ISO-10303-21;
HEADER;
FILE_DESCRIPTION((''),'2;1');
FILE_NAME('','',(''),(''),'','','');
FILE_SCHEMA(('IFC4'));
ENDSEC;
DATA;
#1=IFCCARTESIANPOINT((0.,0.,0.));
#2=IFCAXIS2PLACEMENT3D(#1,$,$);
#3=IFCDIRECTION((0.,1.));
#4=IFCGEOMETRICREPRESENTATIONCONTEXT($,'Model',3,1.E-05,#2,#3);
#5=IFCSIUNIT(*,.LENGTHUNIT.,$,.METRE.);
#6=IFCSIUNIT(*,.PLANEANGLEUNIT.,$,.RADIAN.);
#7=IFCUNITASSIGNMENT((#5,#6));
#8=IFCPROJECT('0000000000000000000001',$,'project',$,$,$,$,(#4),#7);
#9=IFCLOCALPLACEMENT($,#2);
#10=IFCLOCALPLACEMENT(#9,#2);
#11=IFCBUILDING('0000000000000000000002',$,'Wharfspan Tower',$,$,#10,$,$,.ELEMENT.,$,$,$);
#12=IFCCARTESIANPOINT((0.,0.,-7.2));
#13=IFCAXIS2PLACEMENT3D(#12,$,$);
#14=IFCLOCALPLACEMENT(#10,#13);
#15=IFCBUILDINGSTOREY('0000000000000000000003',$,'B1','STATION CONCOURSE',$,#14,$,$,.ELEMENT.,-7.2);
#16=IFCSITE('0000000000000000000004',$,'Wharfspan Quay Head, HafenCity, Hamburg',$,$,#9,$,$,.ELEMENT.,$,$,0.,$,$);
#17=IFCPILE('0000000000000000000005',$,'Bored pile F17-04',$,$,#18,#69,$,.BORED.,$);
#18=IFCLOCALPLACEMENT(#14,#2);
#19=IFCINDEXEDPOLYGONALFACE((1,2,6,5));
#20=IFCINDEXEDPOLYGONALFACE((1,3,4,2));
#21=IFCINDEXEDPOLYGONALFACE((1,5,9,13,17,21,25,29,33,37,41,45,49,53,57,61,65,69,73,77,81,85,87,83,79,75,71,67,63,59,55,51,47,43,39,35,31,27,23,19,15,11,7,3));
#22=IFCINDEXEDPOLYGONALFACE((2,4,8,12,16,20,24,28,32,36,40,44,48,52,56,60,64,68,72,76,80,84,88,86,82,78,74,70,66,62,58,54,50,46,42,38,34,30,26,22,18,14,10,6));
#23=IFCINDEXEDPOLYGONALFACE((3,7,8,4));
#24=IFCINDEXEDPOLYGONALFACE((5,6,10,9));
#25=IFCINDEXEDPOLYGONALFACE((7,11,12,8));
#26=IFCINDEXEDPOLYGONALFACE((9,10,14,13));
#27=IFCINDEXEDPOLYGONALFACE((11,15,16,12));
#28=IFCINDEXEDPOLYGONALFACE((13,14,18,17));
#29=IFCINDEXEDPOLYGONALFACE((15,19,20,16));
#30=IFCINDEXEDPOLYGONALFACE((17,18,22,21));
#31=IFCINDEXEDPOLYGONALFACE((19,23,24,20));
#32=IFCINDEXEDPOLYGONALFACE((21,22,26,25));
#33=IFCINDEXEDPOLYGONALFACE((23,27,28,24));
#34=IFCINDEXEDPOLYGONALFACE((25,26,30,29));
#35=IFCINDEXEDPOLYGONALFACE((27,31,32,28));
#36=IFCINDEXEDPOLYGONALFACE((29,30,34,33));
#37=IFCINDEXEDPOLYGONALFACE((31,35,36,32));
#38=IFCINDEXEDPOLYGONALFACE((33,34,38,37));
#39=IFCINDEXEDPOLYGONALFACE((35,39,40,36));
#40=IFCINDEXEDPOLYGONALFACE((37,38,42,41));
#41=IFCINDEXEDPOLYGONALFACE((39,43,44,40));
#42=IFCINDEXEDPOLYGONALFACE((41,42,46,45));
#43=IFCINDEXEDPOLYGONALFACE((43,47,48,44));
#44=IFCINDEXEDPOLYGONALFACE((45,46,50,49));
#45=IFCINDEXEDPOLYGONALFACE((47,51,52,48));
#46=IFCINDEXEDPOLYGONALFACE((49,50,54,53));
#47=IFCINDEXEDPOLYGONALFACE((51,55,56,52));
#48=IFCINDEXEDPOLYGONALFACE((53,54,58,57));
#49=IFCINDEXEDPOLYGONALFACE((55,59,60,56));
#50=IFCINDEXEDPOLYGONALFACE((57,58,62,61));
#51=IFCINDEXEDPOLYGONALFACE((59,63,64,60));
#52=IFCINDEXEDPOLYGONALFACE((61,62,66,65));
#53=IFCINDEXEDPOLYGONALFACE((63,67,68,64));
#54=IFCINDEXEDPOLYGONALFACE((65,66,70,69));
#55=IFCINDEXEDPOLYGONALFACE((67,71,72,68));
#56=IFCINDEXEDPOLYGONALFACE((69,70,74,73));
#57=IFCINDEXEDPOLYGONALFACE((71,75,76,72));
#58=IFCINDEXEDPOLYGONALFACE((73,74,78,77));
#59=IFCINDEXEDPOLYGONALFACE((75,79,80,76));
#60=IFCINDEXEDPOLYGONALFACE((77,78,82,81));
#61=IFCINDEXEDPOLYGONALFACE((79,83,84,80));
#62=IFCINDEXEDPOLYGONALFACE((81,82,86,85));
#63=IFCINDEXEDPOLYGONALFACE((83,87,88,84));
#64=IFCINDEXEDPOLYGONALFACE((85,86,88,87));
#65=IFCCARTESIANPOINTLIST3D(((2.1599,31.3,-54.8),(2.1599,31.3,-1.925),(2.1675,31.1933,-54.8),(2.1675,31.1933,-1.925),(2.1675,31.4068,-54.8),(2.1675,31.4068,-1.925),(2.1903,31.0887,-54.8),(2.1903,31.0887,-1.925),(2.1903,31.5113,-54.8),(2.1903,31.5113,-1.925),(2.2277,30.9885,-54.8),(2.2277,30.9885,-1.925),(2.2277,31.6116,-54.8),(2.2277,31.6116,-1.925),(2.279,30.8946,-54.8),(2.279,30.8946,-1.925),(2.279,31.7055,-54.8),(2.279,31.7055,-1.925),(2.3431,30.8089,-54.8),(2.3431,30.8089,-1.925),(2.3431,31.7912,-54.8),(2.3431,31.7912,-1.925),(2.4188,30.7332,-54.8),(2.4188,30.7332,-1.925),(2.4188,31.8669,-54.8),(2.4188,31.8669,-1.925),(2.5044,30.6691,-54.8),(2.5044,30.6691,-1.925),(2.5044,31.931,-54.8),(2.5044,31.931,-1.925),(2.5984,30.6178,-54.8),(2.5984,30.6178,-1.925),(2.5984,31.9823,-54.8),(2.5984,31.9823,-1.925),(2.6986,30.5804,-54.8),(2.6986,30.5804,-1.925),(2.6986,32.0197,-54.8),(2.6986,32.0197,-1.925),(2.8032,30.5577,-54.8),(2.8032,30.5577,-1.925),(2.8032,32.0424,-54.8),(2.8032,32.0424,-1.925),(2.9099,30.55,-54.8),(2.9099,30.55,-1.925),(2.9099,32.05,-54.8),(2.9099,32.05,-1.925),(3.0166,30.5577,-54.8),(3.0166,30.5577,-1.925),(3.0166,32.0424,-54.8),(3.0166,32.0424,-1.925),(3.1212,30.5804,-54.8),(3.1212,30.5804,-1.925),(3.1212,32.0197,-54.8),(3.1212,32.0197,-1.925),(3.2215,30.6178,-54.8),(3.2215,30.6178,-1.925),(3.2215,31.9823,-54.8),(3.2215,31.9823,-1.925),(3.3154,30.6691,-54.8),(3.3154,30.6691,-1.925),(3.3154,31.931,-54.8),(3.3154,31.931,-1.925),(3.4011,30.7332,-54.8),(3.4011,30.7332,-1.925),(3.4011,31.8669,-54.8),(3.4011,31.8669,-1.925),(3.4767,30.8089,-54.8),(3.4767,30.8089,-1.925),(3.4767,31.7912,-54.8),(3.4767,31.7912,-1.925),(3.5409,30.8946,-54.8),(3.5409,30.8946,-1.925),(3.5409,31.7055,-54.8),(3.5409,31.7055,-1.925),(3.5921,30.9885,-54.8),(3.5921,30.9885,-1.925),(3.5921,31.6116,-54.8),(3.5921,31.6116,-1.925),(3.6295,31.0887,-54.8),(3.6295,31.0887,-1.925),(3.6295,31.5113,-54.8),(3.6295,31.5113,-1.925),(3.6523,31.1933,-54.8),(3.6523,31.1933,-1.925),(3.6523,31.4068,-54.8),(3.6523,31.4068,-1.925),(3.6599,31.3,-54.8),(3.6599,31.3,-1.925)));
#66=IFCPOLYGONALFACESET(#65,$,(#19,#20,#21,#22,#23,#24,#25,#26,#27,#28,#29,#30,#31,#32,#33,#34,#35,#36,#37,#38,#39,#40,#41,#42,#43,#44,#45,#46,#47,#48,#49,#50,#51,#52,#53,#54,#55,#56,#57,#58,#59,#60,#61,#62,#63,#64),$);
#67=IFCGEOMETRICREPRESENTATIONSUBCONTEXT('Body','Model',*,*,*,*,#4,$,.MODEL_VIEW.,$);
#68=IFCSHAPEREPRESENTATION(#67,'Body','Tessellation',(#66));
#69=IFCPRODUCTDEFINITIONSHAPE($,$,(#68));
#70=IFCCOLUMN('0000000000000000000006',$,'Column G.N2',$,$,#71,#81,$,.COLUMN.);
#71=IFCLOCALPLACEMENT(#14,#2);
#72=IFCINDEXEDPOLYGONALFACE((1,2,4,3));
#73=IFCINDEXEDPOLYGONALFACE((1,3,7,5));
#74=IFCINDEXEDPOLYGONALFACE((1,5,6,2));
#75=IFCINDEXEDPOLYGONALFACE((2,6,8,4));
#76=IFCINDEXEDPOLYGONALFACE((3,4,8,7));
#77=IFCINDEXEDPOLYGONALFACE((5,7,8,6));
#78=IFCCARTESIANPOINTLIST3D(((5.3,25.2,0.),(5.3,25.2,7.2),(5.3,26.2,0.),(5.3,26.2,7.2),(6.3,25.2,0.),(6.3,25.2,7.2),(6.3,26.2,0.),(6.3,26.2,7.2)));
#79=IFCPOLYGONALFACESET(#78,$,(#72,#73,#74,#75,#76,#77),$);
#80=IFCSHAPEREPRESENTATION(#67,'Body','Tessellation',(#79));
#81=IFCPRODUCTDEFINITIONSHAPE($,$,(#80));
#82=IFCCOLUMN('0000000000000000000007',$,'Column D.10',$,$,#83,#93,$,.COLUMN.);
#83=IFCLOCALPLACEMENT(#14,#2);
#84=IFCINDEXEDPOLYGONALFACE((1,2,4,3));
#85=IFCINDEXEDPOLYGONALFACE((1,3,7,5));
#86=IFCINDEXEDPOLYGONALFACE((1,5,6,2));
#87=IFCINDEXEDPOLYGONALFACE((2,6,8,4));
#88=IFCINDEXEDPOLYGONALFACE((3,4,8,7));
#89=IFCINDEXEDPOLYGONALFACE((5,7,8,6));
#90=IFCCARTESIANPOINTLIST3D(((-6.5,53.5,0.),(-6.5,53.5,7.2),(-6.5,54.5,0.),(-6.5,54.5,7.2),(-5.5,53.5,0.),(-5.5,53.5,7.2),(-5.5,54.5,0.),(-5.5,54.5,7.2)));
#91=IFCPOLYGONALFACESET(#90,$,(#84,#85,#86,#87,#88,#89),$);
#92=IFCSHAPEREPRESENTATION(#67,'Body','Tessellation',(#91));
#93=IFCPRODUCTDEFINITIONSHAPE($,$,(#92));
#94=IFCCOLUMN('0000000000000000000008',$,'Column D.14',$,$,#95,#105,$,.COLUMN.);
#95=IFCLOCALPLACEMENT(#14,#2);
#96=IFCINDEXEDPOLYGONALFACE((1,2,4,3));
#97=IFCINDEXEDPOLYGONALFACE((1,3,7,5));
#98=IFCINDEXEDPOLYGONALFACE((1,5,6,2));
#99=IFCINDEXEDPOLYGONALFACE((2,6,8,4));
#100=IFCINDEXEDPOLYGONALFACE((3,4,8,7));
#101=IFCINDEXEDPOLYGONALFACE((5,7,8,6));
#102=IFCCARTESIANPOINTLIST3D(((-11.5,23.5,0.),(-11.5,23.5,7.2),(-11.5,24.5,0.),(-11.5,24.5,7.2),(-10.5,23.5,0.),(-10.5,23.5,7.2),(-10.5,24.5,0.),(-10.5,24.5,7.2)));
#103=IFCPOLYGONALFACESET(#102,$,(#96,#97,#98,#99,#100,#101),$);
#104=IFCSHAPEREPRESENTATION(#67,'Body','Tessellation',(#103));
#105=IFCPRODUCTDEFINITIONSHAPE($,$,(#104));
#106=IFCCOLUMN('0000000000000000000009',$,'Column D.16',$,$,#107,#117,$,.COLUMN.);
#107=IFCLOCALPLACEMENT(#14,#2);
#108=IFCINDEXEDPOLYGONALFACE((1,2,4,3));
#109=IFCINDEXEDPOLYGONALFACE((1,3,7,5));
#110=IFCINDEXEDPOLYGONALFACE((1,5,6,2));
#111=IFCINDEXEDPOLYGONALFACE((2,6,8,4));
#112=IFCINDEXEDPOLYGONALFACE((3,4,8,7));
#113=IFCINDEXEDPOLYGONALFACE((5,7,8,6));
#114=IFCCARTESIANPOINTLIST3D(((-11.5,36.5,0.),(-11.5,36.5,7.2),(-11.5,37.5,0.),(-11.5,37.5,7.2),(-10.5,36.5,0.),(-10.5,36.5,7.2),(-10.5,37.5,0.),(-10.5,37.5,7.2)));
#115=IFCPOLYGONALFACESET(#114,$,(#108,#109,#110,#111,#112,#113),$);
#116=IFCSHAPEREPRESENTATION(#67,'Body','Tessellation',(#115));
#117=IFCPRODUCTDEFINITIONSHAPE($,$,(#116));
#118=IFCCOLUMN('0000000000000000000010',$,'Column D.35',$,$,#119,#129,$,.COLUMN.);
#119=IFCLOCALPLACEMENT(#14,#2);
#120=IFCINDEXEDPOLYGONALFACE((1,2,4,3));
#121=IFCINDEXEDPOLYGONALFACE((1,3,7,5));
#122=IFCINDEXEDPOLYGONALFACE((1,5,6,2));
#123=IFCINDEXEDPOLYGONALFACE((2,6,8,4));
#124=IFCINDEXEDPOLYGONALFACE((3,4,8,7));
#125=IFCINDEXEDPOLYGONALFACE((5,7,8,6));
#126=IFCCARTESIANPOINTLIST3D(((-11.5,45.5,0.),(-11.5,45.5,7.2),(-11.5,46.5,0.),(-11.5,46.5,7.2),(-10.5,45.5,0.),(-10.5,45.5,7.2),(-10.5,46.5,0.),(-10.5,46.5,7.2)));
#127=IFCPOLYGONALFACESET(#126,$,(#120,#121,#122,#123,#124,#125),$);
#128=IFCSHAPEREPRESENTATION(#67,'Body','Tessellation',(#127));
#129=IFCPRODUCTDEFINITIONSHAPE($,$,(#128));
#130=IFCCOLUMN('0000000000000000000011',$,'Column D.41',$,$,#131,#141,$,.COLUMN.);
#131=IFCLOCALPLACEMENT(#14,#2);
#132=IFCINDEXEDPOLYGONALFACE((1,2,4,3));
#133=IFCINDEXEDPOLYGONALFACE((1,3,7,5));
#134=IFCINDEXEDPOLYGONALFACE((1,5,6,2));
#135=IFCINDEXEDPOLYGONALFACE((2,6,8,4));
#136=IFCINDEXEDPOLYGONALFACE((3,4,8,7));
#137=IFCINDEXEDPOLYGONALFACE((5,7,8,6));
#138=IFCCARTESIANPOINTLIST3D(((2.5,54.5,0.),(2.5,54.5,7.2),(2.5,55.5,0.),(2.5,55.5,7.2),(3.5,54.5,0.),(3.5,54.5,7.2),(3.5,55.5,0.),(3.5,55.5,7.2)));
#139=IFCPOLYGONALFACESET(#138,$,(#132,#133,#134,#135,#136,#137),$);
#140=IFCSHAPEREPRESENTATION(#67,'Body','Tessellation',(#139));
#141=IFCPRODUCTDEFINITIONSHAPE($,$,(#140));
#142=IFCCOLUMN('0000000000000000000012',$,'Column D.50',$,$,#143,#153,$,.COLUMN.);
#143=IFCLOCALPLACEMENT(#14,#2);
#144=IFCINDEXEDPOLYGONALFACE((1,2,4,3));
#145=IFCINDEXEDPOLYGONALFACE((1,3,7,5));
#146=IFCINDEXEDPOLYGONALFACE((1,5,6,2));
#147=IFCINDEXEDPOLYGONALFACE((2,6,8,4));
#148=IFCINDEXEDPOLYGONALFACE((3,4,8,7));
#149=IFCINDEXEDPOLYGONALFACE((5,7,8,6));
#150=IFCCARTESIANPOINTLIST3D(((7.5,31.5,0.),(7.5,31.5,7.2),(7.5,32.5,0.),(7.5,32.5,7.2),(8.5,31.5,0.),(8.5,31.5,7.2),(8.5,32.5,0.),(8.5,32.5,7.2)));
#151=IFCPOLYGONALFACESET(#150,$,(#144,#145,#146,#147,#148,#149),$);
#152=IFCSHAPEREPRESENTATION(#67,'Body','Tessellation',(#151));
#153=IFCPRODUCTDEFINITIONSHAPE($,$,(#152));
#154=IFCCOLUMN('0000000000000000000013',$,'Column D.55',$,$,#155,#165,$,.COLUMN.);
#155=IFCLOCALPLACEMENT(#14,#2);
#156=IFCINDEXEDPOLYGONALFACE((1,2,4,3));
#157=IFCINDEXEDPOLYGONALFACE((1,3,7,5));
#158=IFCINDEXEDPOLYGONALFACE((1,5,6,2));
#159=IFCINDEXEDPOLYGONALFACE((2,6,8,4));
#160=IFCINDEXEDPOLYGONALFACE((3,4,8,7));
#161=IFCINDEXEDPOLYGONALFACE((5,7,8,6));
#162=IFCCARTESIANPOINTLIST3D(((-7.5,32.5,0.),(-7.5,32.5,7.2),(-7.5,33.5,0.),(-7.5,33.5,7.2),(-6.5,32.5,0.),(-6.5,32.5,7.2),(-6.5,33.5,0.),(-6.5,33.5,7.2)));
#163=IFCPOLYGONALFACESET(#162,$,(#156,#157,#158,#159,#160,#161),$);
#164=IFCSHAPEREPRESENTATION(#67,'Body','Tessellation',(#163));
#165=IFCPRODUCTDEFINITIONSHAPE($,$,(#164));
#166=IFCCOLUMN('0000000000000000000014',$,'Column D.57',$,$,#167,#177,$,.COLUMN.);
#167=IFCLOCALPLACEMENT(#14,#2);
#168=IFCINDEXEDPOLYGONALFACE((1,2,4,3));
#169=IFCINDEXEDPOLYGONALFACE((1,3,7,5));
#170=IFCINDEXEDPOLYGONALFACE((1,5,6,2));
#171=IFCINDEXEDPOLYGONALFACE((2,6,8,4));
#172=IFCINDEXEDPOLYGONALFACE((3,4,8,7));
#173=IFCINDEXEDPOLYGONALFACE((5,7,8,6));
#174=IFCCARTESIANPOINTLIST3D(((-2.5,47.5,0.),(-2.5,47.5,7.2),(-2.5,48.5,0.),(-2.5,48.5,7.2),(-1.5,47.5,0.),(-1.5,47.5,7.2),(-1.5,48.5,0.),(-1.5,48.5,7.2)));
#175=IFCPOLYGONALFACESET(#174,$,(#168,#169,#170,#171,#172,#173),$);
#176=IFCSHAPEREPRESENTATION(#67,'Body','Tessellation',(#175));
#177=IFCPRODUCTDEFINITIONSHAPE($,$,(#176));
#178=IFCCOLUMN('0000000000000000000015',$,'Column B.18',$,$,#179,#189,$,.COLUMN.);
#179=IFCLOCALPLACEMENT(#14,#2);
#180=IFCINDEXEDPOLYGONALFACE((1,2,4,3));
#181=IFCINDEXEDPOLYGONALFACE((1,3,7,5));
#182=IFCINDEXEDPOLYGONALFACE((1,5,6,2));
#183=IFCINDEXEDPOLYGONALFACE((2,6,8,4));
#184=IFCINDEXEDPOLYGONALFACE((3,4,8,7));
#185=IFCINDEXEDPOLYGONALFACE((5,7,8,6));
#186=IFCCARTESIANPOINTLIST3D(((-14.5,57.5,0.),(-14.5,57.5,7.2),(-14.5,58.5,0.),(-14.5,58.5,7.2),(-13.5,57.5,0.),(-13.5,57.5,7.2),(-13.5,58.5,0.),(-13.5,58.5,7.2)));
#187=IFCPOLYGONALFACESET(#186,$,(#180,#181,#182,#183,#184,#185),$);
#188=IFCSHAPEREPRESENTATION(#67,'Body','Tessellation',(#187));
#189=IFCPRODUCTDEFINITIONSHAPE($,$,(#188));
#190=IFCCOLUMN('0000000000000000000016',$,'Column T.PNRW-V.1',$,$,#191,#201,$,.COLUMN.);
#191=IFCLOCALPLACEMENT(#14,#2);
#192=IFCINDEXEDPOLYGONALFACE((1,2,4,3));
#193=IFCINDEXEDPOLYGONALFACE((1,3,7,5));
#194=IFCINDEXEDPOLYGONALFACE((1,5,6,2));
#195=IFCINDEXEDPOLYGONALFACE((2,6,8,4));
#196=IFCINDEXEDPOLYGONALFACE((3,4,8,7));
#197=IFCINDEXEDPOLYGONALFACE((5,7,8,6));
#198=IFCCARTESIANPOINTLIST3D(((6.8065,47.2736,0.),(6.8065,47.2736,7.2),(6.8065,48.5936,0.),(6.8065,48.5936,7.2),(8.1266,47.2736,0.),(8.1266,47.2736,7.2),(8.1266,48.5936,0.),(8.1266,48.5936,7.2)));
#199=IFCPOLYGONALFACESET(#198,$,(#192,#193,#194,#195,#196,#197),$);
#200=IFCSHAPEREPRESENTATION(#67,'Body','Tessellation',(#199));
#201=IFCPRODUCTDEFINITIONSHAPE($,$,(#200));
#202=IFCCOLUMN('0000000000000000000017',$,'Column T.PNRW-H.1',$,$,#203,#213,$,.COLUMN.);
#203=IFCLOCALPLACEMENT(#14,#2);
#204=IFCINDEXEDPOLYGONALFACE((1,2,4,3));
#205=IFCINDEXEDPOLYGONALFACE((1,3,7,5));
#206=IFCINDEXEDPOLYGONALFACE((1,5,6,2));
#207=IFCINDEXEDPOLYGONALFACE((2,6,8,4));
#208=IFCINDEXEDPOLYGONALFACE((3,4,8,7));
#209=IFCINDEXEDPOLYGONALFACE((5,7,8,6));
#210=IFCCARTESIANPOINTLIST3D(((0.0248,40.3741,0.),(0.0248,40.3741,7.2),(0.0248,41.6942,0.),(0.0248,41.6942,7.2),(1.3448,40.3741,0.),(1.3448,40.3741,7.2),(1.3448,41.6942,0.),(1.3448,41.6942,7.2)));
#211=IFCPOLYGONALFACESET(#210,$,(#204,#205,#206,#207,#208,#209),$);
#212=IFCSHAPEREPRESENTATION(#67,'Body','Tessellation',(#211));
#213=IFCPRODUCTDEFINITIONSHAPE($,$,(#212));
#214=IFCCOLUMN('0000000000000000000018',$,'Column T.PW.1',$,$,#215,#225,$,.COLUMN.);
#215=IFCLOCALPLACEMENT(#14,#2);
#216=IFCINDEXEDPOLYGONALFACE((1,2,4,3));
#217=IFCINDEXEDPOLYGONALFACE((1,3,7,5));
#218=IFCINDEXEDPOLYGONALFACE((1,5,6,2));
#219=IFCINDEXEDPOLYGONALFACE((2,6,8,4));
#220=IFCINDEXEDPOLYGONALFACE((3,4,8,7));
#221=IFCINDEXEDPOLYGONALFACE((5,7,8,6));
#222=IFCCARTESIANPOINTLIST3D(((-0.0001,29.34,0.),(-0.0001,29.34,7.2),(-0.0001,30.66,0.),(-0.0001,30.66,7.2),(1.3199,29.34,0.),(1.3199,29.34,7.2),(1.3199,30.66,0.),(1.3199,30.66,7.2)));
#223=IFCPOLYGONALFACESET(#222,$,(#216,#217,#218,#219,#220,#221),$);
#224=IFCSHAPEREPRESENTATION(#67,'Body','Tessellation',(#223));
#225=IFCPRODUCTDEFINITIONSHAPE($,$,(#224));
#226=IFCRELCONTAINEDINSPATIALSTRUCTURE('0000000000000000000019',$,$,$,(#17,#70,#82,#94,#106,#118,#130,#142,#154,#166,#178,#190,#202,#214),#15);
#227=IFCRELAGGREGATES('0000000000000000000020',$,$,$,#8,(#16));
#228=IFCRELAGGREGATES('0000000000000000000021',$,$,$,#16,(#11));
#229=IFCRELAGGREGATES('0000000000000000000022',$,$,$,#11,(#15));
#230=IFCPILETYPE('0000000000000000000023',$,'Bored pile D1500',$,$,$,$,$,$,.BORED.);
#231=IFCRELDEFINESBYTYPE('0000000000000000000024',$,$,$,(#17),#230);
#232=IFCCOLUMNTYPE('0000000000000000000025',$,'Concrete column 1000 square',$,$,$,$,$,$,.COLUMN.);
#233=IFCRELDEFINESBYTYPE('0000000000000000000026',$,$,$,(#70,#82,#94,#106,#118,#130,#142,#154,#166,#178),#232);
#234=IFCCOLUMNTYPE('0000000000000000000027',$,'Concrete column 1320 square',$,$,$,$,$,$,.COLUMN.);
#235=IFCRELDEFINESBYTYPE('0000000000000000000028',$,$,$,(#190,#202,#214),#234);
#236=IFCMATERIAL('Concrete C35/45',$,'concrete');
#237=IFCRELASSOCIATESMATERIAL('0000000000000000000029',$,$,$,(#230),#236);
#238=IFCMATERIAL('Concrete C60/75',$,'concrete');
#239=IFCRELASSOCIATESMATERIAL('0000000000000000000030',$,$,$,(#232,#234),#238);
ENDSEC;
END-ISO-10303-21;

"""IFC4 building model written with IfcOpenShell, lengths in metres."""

from ifc_helpers import new_model, si_unit, direction, frame, origin, origin_2d, place, context, subcontext, project, spatial, rectangle, circle, extrude, material, material_profile, profile_set, type_object, element, save


model = new_model("IFC4")

# Units and contexts
model_context = context("Model", 3, precision=1e-05, world=origin(), true_north=direction((0.0, 1.0)))
body_context = subcontext(model_context, "Body", "Model", "MODEL_VIEW")
ifc_project = project(units=[si_unit("LENGTHUNIT", "METRE"), si_unit("PLANEANGLEUNIT", "RADIAN")], contexts=[model_context])

# Site, building, storey
site_placement = place(None, origin())
site = spatial("IfcSite", under=ifc_project, at=site_placement, Name="Wharfspan Quay Head, HafenCity, Hamburg", CompositionType="ELEMENT", RefElevation=0.0)
building_placement = place(site_placement, origin())
building = spatial("IfcBuilding", under=site, at=building_placement, Name="Wharfspan Tower", CompositionType="ELEMENT")
storey_placement = place(building_placement, frame((0.0, 0.0, -7.2)))
storey = spatial("IfcBuildingStorey", under=building, at=storey_placement, Name="B1", Description="STATION CONCOURSE", CompositionType="ELEMENT", Elevation=-7.2)

# Pile
ifc_material_1 = material(Name="Concrete C35/45", Category="concrete")
ifc_material_profile_1 = material_profile(ifc_material_1, circle(Radius=0.75, at=origin_2d()))
ifc_profile_set_1 = profile_set([ifc_material_profile_1], Name="Concrete C35/45")
pile_type = type_object("IfcPileType", Name="Bored pile D1500", PredefinedType="BORED", material=ifc_profile_set_1)
for number, where, z_axis, x_axis, name in (
    (1, (2.9099, 31.3, -1.925), (0.0, 0.0, -1.0), (1.0, 0.0, 0.0), "Bored pile F17-04"),
):
    element("IfcPile", number, at=place(storey_placement, frame(where, z_axis=z_axis, x_axis=x_axis)), inside=storey, type_object=pile_type, Name=name, PredefinedType="BORED", context=body_context, shape_type="SweptSolid", body=[
        extrude(circle(Radius=0.75, at=origin_2d()), origin(), (0.0, 0.0, 1.0), 52.875),
    ])

# Columns
ifc_material_2 = material(Name="Concrete C60/75", Category="concrete")
ifc_material_profile_2 = material_profile(ifc_material_2, rectangle(XDim=1.0, YDim=1.0, at=origin_2d()))
ifc_profile_set_2 = profile_set([ifc_material_profile_2], Name="Concrete C60/75")
column_type_1 = type_object("IfcColumnType", Name="Concrete column 1000 square", PredefinedType="COLUMN", material=ifc_profile_set_2)
for number, where, z_axis, x_axis, name in (
    (2, (5.8, 25.7, 0.0), (0.0, 0.0, 1.0), (1.0, 0.0, 0.0), "Column G.N2"),
    (3, (-6.0, 54.0, 0.0), (0.0, 0.0, 1.0), (1.0, 0.0, 0.0), "Column D.10"),
    (4, (-11.0, 24.0, 0.0), (0.0, 0.0, 1.0), (1.0, 0.0, 0.0), "Column D.14"),
    (5, (-11.0, 37.0, 0.0), (0.0, 0.0, 1.0), (1.0, 0.0, 0.0), "Column D.16"),
    (6, (-11.0, 46.0, 0.0), (0.0, 0.0, 1.0), (1.0, 0.0, 0.0), "Column D.35"),
    (7, (3.0, 55.0, 0.0), (0.0, 0.0, 1.0), (1.0, 0.0, 0.0), "Column D.41"),
    (8, (8.0, 32.0, 0.0), (0.0, 0.0, 1.0), (1.0, 0.0, 0.0), "Column D.50"),
    (9, (-7.0, 33.0, 0.0), (0.0, 0.0, 1.0), (1.0, 0.0, 0.0), "Column D.55"),
    (10, (-2.0, 48.0, 0.0), (0.0, 0.0, 1.0), (1.0, 0.0, 0.0), "Column D.57"),
    (11, (-14.0, 58.0, 0.0), (0.0, 0.0, 1.0), (1.0, 0.0, 0.0), "Column B.18"),
):
    element("IfcColumn", number, at=place(storey_placement, frame(where, z_axis=z_axis, x_axis=x_axis)), inside=storey, type_object=column_type_1, Name=name, PredefinedType="COLUMN", context=body_context, shape_type="SweptSolid", body=[
        extrude(rectangle(XDim=1.0, YDim=1.0, at=origin_2d()), origin(), (0.0, 0.0, 1.0), 7.2),
    ])
ifc_material_profile_3 = material_profile(ifc_material_2, rectangle(XDim=1.3201, YDim=1.3201, at=origin_2d()))
ifc_profile_set_3 = profile_set([ifc_material_profile_3], Name="Concrete C60/75")
column_type_2 = type_object("IfcColumnType", Name="Concrete column 1320 square", PredefinedType="COLUMN", material=ifc_profile_set_3)
for number, where, z_axis, x_axis, name in (
    (12, (7.4666, 47.9336, 0.0), (0.0, 0.0, 1.0), (1.0, 0.0, 0.0), "Column T.PNRW-V.1"),
    (13, (0.6848, 41.0342, 0.0), (0.0, 0.0, 1.0), (1.0, 0.0, 0.0), "Column T.PNRW-H.1"),
    (14, (0.6599, 30.0, 0.0), (0.0, 0.0, 1.0), (1.0, 0.0, 0.0), "Column T.PW.1"),
):
    element("IfcColumn", number, at=place(storey_placement, frame(where, z_axis=z_axis, x_axis=x_axis)), inside=storey, type_object=column_type_2, Name=name, PredefinedType="COLUMN", context=body_context, shape_type="SweptSolid", body=[
        extrude(rectangle(XDim=1.3201, YDim=1.3201, at=origin_2d()), origin(), (0.0, 0.0, 1.0), 7.2),
    ])

save(model, "model.ifc")
